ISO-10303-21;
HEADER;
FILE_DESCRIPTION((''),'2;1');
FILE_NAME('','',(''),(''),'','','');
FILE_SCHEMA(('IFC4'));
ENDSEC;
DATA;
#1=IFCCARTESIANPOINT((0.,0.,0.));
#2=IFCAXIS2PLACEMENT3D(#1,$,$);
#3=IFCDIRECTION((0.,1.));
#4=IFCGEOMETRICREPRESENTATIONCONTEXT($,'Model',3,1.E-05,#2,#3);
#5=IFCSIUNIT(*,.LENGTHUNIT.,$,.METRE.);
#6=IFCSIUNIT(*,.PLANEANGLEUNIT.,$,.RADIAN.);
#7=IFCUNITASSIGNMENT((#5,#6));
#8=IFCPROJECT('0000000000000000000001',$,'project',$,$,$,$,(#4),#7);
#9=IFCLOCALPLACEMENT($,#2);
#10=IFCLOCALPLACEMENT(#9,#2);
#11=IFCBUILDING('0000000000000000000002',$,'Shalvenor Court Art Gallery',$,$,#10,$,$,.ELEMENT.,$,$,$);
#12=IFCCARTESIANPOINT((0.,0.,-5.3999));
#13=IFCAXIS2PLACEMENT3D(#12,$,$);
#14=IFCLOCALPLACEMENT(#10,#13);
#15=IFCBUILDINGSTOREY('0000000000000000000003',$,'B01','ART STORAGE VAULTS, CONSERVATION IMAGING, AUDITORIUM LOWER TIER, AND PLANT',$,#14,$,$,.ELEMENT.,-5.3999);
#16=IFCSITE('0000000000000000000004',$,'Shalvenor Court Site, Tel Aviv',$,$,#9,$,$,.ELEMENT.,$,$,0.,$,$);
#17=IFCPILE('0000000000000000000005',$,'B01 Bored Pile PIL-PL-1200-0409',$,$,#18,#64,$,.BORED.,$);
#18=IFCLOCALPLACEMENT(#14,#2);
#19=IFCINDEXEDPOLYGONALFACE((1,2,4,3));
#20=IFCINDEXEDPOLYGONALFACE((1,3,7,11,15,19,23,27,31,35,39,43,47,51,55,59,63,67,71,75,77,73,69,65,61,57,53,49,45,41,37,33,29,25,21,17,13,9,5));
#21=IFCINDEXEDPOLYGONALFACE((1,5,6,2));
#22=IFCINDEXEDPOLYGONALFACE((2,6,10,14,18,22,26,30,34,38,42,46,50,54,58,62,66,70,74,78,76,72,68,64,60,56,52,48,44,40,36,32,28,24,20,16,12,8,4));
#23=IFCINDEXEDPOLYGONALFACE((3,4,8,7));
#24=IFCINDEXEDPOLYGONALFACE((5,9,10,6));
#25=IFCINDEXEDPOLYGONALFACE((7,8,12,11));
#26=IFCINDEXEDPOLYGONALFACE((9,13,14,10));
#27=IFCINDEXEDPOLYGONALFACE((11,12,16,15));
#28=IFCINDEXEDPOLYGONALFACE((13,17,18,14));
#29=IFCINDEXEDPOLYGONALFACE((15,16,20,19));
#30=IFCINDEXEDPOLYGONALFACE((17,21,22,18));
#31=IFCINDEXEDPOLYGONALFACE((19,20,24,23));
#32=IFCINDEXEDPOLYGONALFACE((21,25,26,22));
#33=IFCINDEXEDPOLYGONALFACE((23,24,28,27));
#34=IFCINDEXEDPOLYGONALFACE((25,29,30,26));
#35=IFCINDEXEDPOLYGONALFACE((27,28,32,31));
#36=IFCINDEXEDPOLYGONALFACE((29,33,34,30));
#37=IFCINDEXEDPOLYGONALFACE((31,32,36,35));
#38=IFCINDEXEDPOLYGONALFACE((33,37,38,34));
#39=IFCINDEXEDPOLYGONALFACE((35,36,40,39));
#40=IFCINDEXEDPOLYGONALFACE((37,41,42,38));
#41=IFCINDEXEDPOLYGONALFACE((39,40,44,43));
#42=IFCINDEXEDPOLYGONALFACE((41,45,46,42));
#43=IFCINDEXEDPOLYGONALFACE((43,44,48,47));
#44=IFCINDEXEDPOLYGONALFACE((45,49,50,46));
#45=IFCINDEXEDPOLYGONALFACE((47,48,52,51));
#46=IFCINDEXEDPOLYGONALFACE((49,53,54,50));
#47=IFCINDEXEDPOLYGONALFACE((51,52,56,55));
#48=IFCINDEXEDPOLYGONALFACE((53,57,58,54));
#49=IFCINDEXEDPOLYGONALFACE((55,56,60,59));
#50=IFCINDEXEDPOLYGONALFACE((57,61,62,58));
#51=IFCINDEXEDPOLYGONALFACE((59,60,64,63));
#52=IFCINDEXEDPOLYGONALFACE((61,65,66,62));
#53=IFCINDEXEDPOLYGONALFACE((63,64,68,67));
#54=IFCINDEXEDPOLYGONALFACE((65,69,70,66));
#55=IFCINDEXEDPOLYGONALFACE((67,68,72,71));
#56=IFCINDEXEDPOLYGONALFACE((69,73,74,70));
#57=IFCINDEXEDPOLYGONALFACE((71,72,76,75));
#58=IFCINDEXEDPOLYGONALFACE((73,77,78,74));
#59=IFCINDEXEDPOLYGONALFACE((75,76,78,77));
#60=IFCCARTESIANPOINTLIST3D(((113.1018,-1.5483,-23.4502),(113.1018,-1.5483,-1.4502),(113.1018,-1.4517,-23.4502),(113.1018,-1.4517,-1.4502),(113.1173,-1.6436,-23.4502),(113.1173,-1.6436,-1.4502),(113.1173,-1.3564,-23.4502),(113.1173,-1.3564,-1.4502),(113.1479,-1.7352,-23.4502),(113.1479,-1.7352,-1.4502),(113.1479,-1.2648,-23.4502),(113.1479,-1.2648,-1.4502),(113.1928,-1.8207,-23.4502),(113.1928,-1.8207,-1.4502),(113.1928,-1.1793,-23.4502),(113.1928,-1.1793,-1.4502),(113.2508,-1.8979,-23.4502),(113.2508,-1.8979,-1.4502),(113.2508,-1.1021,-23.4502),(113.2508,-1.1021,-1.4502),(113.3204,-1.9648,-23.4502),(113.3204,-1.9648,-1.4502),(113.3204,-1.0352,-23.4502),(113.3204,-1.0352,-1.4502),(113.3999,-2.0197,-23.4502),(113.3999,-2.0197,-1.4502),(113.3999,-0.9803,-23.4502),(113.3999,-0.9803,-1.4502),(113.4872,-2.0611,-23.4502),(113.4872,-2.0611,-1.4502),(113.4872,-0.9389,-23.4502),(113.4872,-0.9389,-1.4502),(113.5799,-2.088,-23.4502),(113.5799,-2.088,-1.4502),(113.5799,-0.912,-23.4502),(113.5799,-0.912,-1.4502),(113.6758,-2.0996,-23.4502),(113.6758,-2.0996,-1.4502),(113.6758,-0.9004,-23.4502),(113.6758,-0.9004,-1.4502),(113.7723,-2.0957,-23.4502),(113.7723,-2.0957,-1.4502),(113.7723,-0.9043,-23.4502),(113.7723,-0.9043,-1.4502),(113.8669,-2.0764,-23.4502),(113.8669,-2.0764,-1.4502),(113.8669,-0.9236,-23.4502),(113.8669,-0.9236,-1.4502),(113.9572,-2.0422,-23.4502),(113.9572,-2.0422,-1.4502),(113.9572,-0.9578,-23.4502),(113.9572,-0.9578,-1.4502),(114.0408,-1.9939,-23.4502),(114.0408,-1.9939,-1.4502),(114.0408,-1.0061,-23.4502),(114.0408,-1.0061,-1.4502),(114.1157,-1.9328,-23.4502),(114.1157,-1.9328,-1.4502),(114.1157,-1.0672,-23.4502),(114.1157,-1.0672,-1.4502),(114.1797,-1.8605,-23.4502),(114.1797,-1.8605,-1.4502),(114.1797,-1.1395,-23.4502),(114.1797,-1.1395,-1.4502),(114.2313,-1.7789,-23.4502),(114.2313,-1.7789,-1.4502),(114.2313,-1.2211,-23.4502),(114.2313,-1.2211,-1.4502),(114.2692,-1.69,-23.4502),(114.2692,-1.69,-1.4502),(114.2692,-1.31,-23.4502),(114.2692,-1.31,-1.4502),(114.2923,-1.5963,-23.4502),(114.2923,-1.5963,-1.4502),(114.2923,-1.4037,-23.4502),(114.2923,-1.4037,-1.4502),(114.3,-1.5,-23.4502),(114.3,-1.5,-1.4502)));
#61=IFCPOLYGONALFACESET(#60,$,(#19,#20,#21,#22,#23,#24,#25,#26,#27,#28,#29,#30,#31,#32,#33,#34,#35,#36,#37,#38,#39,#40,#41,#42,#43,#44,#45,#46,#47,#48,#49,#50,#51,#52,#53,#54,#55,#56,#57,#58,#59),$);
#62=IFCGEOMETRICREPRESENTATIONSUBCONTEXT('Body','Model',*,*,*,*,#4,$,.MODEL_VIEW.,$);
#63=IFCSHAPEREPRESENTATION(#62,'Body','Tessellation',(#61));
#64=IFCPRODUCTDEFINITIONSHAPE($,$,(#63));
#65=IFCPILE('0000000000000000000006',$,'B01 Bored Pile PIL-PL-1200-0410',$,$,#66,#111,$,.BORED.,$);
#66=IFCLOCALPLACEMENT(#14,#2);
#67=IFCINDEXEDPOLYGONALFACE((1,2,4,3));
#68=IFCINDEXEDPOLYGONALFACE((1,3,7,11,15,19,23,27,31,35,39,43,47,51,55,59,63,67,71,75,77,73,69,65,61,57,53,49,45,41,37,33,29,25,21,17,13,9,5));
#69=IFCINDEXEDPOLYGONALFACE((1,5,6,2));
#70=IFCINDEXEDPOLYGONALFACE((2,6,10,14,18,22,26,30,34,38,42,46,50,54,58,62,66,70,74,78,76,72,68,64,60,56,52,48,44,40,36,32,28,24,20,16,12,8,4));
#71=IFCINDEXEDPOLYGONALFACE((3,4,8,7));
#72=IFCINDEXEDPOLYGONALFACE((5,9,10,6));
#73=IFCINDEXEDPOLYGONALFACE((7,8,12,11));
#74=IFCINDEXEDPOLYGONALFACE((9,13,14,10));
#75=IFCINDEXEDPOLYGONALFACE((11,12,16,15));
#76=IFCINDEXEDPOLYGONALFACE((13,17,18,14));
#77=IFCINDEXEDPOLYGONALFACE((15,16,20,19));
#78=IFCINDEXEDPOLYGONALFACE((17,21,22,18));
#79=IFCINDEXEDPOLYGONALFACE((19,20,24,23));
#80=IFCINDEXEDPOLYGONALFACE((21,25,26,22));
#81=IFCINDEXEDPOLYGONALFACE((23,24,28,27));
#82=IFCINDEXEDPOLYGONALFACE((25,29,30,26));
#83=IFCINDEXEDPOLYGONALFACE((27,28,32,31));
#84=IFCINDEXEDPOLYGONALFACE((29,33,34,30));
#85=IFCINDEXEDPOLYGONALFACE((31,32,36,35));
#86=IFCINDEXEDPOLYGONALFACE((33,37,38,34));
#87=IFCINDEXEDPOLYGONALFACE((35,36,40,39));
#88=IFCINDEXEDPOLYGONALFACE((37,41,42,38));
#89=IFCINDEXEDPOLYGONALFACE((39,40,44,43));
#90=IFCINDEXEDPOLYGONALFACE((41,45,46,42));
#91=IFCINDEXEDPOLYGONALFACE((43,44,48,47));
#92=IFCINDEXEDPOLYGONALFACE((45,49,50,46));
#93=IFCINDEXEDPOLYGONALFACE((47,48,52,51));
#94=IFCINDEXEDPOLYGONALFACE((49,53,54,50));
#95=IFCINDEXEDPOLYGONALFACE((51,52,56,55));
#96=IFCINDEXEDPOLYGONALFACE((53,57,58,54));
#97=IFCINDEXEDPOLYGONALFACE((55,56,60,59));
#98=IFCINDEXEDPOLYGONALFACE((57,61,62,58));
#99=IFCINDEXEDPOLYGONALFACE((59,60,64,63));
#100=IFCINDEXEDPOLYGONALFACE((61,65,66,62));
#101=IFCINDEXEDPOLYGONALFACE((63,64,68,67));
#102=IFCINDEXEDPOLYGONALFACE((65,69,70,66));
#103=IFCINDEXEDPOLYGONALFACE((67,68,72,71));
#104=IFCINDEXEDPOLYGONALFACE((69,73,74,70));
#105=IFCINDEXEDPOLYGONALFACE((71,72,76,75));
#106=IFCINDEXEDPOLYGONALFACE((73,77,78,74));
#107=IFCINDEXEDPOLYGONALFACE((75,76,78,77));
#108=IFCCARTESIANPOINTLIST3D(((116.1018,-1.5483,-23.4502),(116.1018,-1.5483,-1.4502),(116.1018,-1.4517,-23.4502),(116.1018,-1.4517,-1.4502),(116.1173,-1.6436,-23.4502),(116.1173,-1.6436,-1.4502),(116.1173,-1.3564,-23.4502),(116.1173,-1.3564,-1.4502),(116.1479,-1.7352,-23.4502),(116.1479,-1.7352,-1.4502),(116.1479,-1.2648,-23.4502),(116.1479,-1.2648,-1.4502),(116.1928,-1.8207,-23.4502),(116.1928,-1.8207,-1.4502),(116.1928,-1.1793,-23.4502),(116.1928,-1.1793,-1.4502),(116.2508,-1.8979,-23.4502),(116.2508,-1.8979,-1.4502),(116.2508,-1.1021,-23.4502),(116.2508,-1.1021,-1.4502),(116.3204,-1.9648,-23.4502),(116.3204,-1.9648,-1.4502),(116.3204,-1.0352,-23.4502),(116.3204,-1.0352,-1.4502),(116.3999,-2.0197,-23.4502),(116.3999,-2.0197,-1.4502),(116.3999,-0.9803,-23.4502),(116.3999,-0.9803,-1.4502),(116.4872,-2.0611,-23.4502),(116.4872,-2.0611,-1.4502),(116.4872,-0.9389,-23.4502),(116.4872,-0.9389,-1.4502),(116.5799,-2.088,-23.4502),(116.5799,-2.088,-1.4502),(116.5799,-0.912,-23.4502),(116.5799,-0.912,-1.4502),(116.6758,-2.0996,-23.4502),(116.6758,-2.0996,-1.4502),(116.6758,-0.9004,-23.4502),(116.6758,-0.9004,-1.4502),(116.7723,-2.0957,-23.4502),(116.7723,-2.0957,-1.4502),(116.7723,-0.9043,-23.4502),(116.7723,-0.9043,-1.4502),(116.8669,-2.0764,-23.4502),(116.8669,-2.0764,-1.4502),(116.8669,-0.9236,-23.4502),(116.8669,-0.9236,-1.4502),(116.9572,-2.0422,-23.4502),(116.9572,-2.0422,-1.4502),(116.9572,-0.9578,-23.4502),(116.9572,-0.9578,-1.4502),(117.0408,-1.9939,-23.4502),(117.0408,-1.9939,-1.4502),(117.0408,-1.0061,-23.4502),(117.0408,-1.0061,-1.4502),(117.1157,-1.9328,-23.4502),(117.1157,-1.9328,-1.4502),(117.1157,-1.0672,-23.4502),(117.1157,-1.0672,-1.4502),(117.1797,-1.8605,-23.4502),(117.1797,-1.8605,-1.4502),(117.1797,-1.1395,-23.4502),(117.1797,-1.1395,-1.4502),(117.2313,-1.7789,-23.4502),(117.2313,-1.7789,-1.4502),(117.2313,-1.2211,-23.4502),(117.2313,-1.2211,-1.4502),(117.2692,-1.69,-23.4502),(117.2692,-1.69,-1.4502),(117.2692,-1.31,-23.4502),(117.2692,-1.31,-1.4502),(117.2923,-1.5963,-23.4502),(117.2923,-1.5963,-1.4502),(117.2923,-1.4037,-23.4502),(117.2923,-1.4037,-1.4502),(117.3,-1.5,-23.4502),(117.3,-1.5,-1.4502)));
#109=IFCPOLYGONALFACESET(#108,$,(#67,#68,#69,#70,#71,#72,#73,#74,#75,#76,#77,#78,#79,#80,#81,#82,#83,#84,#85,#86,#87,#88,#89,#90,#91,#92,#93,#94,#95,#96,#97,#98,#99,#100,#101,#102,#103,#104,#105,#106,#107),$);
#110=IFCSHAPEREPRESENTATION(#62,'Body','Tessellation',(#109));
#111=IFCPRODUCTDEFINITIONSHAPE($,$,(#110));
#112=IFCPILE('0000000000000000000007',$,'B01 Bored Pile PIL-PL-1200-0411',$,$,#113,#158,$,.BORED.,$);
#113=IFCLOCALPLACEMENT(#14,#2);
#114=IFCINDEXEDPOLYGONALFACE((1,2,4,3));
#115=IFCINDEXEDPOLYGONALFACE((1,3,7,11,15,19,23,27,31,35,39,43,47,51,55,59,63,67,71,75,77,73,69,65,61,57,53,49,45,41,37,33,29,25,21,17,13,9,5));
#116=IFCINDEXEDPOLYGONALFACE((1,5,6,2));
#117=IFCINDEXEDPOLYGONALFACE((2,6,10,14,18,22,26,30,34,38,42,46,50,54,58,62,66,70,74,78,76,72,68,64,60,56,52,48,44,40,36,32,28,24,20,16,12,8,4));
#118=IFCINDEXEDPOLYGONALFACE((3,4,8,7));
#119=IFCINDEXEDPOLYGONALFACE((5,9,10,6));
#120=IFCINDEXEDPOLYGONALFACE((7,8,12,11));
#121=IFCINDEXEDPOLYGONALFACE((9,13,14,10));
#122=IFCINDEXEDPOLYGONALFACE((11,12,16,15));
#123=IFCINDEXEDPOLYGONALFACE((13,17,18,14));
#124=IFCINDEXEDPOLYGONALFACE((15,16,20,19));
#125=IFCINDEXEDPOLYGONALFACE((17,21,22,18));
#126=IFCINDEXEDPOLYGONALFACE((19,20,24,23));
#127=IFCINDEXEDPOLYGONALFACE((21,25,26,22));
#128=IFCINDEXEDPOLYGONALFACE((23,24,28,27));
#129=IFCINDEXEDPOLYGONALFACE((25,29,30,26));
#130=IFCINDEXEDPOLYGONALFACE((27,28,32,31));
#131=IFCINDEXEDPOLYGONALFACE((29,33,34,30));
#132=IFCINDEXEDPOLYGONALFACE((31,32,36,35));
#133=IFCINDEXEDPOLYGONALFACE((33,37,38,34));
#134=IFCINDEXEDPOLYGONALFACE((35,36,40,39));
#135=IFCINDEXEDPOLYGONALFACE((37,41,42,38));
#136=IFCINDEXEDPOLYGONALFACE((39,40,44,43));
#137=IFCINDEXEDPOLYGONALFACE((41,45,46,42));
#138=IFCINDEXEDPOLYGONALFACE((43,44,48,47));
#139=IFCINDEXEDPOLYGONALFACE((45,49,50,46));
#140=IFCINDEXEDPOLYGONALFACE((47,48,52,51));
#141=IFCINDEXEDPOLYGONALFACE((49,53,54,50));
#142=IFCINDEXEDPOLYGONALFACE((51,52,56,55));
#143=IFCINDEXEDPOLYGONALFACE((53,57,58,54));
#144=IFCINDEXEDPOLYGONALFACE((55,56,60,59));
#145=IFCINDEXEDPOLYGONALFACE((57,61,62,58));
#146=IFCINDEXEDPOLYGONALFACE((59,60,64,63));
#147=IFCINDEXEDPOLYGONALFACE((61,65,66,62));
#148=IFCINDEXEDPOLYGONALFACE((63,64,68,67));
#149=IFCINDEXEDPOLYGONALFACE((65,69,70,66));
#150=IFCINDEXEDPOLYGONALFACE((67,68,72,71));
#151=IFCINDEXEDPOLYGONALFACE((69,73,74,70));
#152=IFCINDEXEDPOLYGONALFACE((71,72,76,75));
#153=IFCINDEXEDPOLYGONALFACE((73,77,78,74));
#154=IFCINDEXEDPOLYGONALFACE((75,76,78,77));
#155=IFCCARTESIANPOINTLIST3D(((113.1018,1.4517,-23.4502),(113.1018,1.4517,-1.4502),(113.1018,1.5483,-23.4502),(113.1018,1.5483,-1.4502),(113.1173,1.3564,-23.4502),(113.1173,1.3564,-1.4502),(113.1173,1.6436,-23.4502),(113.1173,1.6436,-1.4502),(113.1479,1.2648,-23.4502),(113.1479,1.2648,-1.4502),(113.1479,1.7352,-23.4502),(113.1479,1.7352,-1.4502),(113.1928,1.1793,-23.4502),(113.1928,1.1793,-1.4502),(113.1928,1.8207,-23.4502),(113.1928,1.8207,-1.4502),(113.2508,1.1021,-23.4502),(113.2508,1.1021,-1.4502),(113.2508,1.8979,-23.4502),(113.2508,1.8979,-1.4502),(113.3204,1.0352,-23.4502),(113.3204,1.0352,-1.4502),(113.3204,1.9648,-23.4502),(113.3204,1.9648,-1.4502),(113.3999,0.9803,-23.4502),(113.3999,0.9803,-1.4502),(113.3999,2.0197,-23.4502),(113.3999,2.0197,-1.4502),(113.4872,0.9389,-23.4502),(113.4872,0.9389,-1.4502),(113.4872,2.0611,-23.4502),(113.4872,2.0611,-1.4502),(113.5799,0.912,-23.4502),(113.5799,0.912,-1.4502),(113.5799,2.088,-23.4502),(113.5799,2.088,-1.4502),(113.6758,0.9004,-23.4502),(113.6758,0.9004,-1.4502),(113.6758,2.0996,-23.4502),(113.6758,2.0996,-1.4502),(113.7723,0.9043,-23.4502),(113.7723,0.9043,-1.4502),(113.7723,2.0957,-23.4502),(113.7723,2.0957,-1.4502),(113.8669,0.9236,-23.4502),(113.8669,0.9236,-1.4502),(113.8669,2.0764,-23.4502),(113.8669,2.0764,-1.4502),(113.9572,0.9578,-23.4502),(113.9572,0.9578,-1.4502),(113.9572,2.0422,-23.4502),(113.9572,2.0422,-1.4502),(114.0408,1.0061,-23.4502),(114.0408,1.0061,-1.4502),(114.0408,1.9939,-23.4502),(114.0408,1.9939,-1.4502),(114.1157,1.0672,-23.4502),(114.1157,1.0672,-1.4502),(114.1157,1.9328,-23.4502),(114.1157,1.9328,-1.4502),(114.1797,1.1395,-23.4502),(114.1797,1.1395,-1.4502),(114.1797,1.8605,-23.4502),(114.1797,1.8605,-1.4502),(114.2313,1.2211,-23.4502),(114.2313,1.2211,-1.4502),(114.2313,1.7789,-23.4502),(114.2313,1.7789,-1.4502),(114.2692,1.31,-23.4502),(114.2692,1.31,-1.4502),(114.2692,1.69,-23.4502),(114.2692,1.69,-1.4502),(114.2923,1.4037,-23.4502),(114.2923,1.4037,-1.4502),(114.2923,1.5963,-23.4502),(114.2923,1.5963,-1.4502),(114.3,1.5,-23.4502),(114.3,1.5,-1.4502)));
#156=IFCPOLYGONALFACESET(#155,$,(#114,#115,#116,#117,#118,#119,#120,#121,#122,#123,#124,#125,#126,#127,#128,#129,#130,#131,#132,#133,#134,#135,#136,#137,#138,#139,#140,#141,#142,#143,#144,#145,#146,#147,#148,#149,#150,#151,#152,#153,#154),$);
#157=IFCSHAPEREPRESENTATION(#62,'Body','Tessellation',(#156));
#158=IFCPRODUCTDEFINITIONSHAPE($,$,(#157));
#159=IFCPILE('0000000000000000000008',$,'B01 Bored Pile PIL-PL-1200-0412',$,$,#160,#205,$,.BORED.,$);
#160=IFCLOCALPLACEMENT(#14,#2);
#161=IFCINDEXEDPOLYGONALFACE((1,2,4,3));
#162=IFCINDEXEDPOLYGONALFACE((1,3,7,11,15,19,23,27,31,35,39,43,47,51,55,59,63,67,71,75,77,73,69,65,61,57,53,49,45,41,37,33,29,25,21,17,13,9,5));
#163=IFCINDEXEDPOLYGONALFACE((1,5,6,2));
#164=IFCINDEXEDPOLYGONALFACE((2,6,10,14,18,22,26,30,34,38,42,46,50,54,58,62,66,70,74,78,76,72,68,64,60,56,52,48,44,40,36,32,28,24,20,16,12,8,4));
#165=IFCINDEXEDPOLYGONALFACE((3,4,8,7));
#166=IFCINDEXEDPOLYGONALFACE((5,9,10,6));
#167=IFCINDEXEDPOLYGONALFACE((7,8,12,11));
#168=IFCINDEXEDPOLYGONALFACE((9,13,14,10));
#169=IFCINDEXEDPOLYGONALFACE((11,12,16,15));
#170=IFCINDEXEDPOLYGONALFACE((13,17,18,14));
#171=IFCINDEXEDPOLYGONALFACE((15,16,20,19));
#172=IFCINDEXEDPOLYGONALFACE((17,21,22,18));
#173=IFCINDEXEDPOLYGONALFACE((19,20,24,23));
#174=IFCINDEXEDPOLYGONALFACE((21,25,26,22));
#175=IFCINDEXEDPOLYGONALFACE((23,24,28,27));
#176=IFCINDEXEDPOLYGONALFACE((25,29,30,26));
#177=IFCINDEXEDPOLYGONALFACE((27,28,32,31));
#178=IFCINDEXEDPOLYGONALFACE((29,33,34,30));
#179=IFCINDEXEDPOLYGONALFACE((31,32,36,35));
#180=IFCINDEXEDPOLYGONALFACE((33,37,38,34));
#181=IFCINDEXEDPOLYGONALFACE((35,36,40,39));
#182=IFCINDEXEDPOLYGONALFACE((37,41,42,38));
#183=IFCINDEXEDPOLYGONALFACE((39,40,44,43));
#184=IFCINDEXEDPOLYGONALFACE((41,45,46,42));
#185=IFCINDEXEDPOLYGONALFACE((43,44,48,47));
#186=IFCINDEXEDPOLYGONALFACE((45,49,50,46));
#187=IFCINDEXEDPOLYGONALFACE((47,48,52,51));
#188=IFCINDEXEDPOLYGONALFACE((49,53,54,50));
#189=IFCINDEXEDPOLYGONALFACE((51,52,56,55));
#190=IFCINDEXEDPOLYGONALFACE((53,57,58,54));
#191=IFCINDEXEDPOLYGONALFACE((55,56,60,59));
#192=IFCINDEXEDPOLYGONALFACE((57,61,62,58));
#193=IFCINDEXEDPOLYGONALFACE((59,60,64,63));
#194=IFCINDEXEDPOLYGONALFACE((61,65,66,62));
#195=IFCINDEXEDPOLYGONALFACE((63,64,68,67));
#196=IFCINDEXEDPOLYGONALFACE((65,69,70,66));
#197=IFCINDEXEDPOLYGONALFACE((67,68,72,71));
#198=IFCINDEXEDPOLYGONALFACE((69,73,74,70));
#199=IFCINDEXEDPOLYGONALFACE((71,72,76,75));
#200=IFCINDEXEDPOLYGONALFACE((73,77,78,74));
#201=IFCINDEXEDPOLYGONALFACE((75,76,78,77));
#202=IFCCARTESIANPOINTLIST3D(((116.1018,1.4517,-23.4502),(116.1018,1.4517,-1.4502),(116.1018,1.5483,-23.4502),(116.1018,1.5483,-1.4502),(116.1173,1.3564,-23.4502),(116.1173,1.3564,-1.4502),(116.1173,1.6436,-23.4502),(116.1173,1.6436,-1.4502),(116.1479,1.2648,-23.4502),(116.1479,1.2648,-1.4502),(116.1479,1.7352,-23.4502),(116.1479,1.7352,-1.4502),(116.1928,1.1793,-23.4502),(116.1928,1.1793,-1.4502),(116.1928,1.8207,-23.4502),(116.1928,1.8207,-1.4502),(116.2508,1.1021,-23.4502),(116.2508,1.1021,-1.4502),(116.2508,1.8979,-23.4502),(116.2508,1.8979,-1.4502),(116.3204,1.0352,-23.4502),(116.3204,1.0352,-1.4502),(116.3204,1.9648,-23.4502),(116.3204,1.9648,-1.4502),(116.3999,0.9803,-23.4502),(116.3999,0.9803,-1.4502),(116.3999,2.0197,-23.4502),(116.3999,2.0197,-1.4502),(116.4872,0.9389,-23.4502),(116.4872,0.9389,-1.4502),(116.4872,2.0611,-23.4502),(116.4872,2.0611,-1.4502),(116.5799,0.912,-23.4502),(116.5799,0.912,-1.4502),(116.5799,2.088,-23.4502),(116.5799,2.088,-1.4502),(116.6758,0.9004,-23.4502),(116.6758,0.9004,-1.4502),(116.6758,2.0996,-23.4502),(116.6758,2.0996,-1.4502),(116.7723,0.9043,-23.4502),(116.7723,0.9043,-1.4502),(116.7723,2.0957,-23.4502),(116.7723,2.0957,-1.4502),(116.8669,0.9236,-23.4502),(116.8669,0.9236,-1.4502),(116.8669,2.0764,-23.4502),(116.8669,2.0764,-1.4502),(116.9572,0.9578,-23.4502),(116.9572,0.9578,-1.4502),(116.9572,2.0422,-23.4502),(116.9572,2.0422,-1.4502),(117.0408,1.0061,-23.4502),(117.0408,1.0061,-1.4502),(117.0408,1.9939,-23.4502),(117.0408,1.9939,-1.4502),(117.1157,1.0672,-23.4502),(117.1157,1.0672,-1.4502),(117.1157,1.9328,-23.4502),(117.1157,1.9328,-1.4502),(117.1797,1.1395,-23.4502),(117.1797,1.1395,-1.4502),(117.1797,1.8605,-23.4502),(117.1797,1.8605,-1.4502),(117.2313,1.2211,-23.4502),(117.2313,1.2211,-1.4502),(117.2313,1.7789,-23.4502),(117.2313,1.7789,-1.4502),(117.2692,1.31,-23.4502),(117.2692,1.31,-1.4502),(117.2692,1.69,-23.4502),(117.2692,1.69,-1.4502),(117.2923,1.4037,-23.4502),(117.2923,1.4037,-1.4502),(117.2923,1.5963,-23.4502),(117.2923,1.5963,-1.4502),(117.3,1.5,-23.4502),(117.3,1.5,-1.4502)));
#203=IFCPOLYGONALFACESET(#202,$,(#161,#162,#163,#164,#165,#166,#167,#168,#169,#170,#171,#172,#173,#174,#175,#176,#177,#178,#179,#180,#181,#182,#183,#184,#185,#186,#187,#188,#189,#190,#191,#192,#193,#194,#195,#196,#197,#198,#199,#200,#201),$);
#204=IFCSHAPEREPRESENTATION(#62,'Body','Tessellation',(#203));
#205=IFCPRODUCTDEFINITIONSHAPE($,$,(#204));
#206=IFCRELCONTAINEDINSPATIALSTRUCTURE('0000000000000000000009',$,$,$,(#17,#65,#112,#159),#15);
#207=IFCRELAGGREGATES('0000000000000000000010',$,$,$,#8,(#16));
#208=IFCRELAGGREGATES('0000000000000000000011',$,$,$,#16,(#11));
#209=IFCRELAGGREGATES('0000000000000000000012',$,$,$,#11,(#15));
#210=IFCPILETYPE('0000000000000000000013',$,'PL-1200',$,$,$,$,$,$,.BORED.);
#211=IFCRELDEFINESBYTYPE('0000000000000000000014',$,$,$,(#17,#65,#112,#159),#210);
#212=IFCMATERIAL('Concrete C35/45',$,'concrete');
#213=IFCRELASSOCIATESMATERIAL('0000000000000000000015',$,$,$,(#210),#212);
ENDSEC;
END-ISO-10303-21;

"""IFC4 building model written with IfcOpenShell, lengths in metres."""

from ifc_helpers import new_model, si_unit, direction, frame, origin, origin_2d, place, context, subcontext, project, spatial, circle, extrude, material, material_profile, profile_set, type_object, element, save


model = new_model("IFC4")

# Units and contexts
model_context = context("Model", 3, precision=1e-05, world=origin(), true_north=direction((0.0, 1.0)))
body_context = subcontext(model_context, "Body", "Model", "MODEL_VIEW")
ifc_project = project(units=[si_unit("LENGTHUNIT", "METRE"), si_unit("PLANEANGLEUNIT", "RADIAN")], contexts=[model_context])

# Site, building, storey
site_placement = place(None, origin())
site = spatial("IfcSite", under=ifc_project, at=site_placement, Name="Shalvenor Court Site, Tel Aviv", CompositionType="ELEMENT", RefElevation=0.0)
building_placement = place(site_placement, origin())
building = spatial("IfcBuilding", under=site, at=building_placement, Name="Shalvenor Court Art Gallery", CompositionType="ELEMENT")
storey_placement = place(building_placement, frame((0.0, 0.0, -5.3999)))
storey = spatial("IfcBuildingStorey", under=building, at=storey_placement, Name="B01", Description="ART STORAGE VAULTS, CONSERVATION IMAGING, AUDITORIUM LOWER TIER, AND PLANT", CompositionType="ELEMENT", Elevation=-5.3999)

# Piles
ifc_material_1 = material(Name="Concrete C35/45", Category="concrete")
ifc_material_profile_1 = material_profile(ifc_material_1, circle(Radius=0.6001, at=origin_2d()), Name="PILE 1200")
ifc_profile_set_1 = profile_set([ifc_material_profile_1], Name="Concrete C35/45")
pile_type = type_object("IfcPileType", Name="PL-1200", PredefinedType="BORED", material=ifc_profile_set_1)
for number, where, z_axis, x_axis, name in (
    (1, (113.7, -1.5, -1.4502), (0.0, 0.0, -1.0), (1.0, 0.0, 0.0), "B01 Bored Pile PIL-PL-1200-0409"),
    (2, (116.7, -1.5, -1.4502), (0.0, 0.0, -1.0), (1.0, 0.0, 0.0), "B01 Bored Pile PIL-PL-1200-0410"),
    (3, (113.7, 1.5, -1.4502), (0.0, 0.0, -1.0), (1.0, 0.0, 0.0), "B01 Bored Pile PIL-PL-1200-0411"),
    (4, (116.7, 1.5, -1.4502), (0.0, 0.0, -1.0), (1.0, 0.0, 0.0), "B01 Bored Pile PIL-PL-1200-0412"),
):
    element("IfcPile", number, at=place(storey_placement, frame(where, z_axis=z_axis, x_axis=x_axis)), inside=storey, type_object=pile_type, Name=name, PredefinedType="BORED", context=body_context, shape_type="SweptSolid", body=[
        extrude(circle(Radius=0.6001, at=origin_2d()), origin(), (0.0, 0.0, 1.0), 22.0),
    ])

save(model, "model.ifc")
